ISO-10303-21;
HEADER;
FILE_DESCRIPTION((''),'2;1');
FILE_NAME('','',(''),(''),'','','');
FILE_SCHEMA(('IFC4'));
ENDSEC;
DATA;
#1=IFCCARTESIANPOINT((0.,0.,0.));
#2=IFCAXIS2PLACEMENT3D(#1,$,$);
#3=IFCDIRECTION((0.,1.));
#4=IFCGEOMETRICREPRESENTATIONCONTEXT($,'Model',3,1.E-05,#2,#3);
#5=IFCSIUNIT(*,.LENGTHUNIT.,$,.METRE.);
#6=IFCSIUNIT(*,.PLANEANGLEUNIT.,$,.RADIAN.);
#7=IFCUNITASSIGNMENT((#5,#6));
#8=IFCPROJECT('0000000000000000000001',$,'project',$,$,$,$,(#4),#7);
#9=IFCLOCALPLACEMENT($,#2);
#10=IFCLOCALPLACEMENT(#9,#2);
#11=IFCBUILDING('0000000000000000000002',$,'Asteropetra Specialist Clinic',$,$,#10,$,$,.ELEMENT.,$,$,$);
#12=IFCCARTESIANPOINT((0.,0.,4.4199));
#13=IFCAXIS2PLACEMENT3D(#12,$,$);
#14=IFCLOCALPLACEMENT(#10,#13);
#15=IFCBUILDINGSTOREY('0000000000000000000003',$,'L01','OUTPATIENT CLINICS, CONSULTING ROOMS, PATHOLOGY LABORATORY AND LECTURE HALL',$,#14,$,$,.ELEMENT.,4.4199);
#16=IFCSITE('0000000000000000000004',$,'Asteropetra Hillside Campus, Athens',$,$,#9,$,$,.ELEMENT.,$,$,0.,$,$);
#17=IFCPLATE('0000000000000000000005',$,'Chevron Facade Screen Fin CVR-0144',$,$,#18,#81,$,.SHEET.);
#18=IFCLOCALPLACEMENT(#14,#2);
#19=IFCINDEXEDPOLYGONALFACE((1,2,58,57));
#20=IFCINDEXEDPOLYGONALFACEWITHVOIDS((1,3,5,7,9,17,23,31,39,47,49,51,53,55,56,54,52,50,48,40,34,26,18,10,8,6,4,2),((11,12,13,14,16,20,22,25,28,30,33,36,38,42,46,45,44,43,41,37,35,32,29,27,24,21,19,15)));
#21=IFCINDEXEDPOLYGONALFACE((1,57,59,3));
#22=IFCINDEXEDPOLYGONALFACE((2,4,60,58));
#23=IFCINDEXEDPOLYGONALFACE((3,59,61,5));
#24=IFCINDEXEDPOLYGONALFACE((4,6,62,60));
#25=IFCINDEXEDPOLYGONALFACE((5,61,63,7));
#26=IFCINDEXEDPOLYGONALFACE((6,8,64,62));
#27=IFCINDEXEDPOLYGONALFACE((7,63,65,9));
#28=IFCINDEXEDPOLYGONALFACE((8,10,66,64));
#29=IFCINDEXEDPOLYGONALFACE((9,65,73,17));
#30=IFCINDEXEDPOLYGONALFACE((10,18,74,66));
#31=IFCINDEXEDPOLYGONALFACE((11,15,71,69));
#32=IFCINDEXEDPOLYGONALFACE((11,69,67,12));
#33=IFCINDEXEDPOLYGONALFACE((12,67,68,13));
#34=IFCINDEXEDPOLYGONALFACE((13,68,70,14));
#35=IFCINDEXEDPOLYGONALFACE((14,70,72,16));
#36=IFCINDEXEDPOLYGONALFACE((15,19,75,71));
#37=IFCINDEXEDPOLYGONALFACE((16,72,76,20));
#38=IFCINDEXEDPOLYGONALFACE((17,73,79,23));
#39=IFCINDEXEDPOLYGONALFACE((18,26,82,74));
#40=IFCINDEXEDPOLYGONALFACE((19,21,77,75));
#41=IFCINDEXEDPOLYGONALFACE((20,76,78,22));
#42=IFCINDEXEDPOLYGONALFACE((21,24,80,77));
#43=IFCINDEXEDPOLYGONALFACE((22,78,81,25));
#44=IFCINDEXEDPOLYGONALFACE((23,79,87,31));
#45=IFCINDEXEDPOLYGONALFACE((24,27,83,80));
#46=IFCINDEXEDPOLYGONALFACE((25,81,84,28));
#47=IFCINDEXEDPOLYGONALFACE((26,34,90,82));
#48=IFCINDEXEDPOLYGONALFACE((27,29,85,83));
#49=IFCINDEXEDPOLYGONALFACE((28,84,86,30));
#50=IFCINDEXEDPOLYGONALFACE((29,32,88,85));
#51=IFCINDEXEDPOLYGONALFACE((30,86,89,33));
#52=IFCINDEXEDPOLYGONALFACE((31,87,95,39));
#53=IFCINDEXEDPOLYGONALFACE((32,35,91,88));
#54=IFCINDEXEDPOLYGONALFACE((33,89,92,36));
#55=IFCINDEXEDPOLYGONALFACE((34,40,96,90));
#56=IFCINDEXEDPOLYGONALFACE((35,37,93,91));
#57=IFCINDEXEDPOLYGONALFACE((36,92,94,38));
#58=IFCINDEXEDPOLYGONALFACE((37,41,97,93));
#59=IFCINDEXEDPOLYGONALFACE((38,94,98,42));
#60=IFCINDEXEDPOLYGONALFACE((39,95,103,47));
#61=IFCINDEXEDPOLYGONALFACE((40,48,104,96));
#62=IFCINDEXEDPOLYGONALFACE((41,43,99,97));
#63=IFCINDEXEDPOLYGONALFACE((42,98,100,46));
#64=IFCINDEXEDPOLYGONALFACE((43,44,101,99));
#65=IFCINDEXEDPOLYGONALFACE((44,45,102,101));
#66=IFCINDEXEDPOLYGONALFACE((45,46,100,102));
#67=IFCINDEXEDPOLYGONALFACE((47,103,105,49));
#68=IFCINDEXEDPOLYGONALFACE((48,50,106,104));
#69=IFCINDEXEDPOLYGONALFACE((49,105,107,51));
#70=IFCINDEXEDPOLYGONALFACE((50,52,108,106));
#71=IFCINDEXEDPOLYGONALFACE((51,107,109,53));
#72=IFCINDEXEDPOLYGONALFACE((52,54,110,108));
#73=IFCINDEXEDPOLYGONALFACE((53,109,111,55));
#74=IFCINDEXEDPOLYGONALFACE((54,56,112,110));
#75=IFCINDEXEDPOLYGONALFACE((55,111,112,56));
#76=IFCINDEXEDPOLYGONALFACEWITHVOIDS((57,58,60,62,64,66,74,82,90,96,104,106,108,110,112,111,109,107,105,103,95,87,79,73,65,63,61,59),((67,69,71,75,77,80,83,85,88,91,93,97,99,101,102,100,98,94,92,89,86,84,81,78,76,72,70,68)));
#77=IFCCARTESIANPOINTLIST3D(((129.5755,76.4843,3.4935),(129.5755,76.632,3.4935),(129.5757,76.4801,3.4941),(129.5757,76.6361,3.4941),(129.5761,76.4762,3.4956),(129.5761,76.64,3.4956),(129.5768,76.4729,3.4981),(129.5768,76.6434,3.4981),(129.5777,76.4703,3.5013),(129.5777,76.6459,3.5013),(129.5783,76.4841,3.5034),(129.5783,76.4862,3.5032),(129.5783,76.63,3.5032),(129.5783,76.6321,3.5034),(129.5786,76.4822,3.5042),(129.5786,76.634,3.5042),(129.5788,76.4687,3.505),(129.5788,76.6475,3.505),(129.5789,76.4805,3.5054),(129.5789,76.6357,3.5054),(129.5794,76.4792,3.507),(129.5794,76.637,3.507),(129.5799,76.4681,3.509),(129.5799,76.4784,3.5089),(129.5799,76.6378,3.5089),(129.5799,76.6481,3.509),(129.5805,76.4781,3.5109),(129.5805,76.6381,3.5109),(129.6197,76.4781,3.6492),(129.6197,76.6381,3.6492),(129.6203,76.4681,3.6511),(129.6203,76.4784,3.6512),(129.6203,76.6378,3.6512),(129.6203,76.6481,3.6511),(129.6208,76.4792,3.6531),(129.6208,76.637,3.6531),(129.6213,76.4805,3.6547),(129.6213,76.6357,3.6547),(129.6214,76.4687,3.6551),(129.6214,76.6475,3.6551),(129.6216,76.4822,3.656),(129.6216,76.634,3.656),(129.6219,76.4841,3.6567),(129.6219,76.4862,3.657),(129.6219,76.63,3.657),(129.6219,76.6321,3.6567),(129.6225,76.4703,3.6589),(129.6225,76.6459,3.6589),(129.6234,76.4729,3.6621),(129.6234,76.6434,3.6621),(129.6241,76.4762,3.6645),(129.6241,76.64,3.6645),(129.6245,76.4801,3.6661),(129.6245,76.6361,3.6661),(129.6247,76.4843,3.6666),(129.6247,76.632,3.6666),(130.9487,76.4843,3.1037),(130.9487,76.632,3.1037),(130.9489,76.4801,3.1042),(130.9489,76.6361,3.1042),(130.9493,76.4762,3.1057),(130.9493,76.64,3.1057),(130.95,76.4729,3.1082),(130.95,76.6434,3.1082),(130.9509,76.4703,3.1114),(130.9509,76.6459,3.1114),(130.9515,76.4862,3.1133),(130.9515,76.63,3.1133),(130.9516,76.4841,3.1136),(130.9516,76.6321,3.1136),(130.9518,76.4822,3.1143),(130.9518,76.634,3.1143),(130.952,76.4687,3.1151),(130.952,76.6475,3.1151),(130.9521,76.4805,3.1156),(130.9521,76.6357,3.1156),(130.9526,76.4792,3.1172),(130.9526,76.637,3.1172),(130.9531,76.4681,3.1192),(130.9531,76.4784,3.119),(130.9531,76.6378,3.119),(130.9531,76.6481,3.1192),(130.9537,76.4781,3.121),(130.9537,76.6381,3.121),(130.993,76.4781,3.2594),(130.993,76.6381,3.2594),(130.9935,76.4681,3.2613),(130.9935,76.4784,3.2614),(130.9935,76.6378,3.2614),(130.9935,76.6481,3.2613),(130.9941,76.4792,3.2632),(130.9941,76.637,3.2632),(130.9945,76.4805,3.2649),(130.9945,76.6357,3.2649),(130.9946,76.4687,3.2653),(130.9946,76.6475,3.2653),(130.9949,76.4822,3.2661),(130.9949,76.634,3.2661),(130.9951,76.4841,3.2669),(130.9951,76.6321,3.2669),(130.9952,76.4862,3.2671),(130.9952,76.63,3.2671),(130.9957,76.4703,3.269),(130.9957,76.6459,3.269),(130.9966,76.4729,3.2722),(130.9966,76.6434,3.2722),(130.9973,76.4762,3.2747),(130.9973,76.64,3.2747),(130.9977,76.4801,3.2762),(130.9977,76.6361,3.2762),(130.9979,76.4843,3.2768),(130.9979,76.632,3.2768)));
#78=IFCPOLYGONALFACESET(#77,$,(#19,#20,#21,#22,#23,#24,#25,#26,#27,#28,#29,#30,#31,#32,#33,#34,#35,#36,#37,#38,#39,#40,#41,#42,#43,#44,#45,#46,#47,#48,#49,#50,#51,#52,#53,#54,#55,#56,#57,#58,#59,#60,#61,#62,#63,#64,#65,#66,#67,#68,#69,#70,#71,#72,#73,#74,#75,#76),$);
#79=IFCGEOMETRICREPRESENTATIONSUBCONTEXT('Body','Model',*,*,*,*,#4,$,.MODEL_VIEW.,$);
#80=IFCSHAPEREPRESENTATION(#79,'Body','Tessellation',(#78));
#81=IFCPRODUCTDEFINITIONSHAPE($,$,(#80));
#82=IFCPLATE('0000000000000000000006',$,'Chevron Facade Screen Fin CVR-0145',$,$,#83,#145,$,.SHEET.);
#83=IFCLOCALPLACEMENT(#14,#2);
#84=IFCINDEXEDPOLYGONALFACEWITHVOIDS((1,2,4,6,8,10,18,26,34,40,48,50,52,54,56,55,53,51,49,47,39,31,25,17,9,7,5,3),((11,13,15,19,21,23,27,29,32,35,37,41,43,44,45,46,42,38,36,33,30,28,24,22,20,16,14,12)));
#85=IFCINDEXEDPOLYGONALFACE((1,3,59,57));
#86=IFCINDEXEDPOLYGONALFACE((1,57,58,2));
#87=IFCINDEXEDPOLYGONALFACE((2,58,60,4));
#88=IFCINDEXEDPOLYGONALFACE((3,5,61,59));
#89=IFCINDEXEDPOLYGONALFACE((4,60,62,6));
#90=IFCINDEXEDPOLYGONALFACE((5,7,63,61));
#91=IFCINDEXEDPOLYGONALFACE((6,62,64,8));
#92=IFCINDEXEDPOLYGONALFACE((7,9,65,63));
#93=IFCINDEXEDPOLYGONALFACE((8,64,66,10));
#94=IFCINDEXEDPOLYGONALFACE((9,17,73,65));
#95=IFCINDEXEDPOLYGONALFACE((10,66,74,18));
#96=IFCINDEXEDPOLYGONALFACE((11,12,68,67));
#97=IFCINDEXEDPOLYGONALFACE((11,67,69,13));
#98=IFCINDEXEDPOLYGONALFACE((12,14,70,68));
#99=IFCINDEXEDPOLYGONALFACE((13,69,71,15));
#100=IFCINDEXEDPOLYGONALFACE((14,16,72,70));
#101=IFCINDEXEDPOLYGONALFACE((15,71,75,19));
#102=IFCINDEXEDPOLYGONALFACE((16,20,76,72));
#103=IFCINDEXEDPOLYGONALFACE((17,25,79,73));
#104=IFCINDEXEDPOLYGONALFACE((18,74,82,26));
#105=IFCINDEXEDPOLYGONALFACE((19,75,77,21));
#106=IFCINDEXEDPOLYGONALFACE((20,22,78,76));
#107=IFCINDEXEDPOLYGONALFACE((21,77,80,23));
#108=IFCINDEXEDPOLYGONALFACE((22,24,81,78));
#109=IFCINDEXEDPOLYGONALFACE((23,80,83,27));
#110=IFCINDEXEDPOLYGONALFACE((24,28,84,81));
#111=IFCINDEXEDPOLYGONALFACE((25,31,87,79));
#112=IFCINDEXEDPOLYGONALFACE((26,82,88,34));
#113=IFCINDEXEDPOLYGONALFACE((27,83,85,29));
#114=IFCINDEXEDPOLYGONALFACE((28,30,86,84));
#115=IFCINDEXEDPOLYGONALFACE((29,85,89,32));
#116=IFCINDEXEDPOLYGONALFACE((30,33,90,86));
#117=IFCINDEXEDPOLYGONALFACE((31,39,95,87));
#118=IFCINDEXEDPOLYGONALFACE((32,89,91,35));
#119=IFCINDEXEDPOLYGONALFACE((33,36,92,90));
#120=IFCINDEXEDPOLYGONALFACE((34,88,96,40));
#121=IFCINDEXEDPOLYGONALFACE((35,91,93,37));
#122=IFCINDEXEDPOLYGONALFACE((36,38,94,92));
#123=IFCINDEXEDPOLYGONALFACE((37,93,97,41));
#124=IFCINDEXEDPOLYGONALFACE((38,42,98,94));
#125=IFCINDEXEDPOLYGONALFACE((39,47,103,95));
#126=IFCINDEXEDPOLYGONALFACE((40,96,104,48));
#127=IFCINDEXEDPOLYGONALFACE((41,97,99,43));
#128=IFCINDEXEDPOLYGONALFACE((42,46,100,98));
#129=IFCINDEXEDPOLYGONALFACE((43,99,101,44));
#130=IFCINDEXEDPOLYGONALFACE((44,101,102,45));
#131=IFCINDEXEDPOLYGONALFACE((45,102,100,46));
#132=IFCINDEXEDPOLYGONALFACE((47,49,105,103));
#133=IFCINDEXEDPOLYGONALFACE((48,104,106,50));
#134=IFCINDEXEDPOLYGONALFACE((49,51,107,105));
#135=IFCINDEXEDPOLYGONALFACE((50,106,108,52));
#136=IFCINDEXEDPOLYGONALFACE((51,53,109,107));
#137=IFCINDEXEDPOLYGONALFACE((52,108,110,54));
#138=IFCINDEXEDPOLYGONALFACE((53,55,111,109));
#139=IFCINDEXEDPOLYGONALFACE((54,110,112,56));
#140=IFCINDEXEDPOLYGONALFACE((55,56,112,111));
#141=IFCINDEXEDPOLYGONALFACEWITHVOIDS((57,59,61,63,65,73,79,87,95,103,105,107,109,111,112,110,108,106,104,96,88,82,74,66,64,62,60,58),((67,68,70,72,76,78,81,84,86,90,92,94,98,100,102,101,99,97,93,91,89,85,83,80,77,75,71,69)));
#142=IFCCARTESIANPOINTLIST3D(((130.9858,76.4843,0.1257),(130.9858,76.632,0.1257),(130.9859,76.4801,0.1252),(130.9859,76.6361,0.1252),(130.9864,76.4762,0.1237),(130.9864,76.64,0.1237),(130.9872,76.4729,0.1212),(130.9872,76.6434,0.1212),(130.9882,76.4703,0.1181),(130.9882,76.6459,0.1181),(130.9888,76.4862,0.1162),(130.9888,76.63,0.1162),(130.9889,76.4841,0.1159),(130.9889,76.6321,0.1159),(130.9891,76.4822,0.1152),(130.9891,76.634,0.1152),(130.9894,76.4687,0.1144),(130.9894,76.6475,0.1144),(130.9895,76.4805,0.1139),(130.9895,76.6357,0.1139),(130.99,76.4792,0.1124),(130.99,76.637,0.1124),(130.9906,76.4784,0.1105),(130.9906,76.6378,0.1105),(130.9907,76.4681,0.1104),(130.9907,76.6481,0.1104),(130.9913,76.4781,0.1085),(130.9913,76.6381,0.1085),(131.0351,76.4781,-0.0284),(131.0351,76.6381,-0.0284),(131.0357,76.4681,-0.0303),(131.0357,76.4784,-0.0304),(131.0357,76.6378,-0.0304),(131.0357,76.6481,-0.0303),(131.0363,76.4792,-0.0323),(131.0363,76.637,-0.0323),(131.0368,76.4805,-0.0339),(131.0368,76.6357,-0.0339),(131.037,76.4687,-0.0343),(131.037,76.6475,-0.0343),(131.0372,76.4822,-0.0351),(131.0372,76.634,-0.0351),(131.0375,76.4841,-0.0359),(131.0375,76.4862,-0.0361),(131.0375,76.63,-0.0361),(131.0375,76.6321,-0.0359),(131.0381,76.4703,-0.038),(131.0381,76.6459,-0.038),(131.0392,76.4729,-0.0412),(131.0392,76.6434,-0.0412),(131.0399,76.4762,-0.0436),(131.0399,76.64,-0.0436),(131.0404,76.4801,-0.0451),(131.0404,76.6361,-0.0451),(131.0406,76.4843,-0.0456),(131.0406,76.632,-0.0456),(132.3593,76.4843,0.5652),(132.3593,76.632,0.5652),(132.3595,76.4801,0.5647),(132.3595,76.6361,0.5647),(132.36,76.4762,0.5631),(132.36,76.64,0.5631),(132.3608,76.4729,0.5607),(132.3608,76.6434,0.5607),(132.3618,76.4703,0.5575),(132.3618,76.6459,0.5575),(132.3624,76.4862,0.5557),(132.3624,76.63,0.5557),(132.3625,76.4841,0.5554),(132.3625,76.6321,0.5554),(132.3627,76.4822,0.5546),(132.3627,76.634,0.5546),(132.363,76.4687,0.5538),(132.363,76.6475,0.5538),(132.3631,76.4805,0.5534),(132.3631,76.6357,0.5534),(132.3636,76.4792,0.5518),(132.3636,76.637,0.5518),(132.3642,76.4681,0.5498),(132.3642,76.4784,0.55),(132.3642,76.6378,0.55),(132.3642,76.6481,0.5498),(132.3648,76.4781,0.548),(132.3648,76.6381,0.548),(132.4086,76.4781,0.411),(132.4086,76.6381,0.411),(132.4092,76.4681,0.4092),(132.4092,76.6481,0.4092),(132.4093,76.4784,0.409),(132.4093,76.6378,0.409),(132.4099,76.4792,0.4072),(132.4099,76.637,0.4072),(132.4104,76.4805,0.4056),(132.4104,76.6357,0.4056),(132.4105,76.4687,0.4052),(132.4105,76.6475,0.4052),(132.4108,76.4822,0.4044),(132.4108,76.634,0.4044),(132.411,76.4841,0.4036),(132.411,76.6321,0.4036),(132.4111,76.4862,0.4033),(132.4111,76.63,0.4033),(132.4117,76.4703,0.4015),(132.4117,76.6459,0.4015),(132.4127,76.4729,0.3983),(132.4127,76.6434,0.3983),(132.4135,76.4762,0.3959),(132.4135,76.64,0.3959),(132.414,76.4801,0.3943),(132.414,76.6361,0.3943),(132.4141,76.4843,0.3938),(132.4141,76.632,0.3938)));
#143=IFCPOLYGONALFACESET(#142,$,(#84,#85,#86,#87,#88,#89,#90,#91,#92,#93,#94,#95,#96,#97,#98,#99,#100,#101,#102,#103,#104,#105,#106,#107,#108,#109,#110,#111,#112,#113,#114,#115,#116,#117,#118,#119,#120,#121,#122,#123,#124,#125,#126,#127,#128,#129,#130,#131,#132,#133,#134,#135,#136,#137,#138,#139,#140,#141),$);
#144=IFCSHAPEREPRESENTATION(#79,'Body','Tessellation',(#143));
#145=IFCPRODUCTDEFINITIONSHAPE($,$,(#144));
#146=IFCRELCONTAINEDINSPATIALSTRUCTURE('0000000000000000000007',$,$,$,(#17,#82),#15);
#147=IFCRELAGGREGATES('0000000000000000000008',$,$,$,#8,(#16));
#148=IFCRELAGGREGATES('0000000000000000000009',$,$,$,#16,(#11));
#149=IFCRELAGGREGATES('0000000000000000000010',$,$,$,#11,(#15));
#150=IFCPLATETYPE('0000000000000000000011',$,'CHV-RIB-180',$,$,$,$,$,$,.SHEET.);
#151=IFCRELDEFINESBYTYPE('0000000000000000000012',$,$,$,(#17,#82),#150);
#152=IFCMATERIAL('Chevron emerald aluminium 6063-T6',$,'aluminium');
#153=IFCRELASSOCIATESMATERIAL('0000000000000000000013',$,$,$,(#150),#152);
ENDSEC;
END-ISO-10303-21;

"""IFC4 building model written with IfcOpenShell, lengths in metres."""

from ifc_helpers import new_model, si_unit, direction, frame, origin, origin_2d, place, context, subcontext, project, spatial, hollow_rectangle, extrude, material, material_profile, profile_set, type_object, element, save


model = new_model("IFC4")

# Units and contexts
model_context = context("Model", 3, precision=1e-05, world=origin(), true_north=direction((0.0, 1.0)))
body_context = subcontext(model_context, "Body", "Model", "MODEL_VIEW")
ifc_project = project(units=[si_unit("LENGTHUNIT", "METRE"), si_unit("PLANEANGLEUNIT", "RADIAN")], contexts=[model_context])

# Site, building, storey
site_placement = place(None, origin())
site = spatial("IfcSite", under=ifc_project, at=site_placement, Name="Asteropetra Hillside Campus, Athens", CompositionType="ELEMENT", RefElevation=0.0)
building_placement = place(site_placement, origin())
building = spatial("IfcBuilding", under=site, at=building_placement, Name="Asteropetra Specialist Clinic", CompositionType="ELEMENT")
storey_placement = place(building_placement, frame((0.0, 0.0, 4.4199)))
storey = spatial("IfcBuildingStorey", under=building, at=storey_placement, Name="L01", Description="OUTPATIENT CLINICS, CONSULTING ROOMS, PATHOLOGY LABORATORY AND LECTURE HALL", CompositionType="ELEMENT", Elevation=4.4199)

# Plates
ifc_material_1 = material(Name="Chevron emerald aluminium 6063-T6", Category="aluminium")
ifc_material_profile = material_profile(ifc_material_1, hollow_rectangle(XDim=0.1799, YDim=0.1799, WallThickness=0.01, InnerFilletRadius=0.0081, OuterFilletRadius=0.0161, at=origin_2d()), Name="SHS 180x180x10.0")
ifc_profile_set = profile_set([ifc_material_profile], Name="Chevron emerald aluminium 6063-T6")
plate_type = type_object("IfcPlateType", Name="CHV-RIB-180", PredefinedType="SHEET", material=ifc_profile_set)
for number, where, z_axis, x_axis, name in (
    (1, (129.6001, 76.5581, 3.5801), (0.961981, 0.0, -0.273117), (0.0, 1.0, 0.0), "Chevron Facade Screen Fin CVR-0144"),
):
    element("IfcPlate", number, at=place(storey_placement, frame(where, z_axis=z_axis, x_axis=x_axis)), inside=storey, type_object=plate_type, Name=name, PredefinedType="SHEET", context=body_context, shape_type="SweptSolid", body=[
        extrude(hollow_rectangle(XDim=0.1799, YDim=0.1799, WallThickness=0.01, InnerFilletRadius=0.0081, OuterFilletRadius=0.0161, at=origin_2d()), origin(), (0.0, 0.0, 1.0), 1.4275),
    ])
plate_1_placement = place(storey_placement, frame((131.0132, 76.5581, 0.04), z_axis=(0.95244, 0.0, 0.304727), x_axis=(0.0, 1.0, 0.0)))
element("IfcPlate", 2, at=plate_1_placement, inside=storey, type_object=plate_type, Name="Chevron Facade Screen Fin CVR-0145", PredefinedType="SHEET", context=body_context, shape_type="SweptSolid", body=[
    extrude(hollow_rectangle(XDim=0.1799, YDim=0.1799, WallThickness=0.01, InnerFilletRadius=0.0081, OuterFilletRadius=0.0161, at=origin_2d()), origin(), (0.0, 0.0, 1.0), 1.4421),
])

save(model, "model.ifc")
